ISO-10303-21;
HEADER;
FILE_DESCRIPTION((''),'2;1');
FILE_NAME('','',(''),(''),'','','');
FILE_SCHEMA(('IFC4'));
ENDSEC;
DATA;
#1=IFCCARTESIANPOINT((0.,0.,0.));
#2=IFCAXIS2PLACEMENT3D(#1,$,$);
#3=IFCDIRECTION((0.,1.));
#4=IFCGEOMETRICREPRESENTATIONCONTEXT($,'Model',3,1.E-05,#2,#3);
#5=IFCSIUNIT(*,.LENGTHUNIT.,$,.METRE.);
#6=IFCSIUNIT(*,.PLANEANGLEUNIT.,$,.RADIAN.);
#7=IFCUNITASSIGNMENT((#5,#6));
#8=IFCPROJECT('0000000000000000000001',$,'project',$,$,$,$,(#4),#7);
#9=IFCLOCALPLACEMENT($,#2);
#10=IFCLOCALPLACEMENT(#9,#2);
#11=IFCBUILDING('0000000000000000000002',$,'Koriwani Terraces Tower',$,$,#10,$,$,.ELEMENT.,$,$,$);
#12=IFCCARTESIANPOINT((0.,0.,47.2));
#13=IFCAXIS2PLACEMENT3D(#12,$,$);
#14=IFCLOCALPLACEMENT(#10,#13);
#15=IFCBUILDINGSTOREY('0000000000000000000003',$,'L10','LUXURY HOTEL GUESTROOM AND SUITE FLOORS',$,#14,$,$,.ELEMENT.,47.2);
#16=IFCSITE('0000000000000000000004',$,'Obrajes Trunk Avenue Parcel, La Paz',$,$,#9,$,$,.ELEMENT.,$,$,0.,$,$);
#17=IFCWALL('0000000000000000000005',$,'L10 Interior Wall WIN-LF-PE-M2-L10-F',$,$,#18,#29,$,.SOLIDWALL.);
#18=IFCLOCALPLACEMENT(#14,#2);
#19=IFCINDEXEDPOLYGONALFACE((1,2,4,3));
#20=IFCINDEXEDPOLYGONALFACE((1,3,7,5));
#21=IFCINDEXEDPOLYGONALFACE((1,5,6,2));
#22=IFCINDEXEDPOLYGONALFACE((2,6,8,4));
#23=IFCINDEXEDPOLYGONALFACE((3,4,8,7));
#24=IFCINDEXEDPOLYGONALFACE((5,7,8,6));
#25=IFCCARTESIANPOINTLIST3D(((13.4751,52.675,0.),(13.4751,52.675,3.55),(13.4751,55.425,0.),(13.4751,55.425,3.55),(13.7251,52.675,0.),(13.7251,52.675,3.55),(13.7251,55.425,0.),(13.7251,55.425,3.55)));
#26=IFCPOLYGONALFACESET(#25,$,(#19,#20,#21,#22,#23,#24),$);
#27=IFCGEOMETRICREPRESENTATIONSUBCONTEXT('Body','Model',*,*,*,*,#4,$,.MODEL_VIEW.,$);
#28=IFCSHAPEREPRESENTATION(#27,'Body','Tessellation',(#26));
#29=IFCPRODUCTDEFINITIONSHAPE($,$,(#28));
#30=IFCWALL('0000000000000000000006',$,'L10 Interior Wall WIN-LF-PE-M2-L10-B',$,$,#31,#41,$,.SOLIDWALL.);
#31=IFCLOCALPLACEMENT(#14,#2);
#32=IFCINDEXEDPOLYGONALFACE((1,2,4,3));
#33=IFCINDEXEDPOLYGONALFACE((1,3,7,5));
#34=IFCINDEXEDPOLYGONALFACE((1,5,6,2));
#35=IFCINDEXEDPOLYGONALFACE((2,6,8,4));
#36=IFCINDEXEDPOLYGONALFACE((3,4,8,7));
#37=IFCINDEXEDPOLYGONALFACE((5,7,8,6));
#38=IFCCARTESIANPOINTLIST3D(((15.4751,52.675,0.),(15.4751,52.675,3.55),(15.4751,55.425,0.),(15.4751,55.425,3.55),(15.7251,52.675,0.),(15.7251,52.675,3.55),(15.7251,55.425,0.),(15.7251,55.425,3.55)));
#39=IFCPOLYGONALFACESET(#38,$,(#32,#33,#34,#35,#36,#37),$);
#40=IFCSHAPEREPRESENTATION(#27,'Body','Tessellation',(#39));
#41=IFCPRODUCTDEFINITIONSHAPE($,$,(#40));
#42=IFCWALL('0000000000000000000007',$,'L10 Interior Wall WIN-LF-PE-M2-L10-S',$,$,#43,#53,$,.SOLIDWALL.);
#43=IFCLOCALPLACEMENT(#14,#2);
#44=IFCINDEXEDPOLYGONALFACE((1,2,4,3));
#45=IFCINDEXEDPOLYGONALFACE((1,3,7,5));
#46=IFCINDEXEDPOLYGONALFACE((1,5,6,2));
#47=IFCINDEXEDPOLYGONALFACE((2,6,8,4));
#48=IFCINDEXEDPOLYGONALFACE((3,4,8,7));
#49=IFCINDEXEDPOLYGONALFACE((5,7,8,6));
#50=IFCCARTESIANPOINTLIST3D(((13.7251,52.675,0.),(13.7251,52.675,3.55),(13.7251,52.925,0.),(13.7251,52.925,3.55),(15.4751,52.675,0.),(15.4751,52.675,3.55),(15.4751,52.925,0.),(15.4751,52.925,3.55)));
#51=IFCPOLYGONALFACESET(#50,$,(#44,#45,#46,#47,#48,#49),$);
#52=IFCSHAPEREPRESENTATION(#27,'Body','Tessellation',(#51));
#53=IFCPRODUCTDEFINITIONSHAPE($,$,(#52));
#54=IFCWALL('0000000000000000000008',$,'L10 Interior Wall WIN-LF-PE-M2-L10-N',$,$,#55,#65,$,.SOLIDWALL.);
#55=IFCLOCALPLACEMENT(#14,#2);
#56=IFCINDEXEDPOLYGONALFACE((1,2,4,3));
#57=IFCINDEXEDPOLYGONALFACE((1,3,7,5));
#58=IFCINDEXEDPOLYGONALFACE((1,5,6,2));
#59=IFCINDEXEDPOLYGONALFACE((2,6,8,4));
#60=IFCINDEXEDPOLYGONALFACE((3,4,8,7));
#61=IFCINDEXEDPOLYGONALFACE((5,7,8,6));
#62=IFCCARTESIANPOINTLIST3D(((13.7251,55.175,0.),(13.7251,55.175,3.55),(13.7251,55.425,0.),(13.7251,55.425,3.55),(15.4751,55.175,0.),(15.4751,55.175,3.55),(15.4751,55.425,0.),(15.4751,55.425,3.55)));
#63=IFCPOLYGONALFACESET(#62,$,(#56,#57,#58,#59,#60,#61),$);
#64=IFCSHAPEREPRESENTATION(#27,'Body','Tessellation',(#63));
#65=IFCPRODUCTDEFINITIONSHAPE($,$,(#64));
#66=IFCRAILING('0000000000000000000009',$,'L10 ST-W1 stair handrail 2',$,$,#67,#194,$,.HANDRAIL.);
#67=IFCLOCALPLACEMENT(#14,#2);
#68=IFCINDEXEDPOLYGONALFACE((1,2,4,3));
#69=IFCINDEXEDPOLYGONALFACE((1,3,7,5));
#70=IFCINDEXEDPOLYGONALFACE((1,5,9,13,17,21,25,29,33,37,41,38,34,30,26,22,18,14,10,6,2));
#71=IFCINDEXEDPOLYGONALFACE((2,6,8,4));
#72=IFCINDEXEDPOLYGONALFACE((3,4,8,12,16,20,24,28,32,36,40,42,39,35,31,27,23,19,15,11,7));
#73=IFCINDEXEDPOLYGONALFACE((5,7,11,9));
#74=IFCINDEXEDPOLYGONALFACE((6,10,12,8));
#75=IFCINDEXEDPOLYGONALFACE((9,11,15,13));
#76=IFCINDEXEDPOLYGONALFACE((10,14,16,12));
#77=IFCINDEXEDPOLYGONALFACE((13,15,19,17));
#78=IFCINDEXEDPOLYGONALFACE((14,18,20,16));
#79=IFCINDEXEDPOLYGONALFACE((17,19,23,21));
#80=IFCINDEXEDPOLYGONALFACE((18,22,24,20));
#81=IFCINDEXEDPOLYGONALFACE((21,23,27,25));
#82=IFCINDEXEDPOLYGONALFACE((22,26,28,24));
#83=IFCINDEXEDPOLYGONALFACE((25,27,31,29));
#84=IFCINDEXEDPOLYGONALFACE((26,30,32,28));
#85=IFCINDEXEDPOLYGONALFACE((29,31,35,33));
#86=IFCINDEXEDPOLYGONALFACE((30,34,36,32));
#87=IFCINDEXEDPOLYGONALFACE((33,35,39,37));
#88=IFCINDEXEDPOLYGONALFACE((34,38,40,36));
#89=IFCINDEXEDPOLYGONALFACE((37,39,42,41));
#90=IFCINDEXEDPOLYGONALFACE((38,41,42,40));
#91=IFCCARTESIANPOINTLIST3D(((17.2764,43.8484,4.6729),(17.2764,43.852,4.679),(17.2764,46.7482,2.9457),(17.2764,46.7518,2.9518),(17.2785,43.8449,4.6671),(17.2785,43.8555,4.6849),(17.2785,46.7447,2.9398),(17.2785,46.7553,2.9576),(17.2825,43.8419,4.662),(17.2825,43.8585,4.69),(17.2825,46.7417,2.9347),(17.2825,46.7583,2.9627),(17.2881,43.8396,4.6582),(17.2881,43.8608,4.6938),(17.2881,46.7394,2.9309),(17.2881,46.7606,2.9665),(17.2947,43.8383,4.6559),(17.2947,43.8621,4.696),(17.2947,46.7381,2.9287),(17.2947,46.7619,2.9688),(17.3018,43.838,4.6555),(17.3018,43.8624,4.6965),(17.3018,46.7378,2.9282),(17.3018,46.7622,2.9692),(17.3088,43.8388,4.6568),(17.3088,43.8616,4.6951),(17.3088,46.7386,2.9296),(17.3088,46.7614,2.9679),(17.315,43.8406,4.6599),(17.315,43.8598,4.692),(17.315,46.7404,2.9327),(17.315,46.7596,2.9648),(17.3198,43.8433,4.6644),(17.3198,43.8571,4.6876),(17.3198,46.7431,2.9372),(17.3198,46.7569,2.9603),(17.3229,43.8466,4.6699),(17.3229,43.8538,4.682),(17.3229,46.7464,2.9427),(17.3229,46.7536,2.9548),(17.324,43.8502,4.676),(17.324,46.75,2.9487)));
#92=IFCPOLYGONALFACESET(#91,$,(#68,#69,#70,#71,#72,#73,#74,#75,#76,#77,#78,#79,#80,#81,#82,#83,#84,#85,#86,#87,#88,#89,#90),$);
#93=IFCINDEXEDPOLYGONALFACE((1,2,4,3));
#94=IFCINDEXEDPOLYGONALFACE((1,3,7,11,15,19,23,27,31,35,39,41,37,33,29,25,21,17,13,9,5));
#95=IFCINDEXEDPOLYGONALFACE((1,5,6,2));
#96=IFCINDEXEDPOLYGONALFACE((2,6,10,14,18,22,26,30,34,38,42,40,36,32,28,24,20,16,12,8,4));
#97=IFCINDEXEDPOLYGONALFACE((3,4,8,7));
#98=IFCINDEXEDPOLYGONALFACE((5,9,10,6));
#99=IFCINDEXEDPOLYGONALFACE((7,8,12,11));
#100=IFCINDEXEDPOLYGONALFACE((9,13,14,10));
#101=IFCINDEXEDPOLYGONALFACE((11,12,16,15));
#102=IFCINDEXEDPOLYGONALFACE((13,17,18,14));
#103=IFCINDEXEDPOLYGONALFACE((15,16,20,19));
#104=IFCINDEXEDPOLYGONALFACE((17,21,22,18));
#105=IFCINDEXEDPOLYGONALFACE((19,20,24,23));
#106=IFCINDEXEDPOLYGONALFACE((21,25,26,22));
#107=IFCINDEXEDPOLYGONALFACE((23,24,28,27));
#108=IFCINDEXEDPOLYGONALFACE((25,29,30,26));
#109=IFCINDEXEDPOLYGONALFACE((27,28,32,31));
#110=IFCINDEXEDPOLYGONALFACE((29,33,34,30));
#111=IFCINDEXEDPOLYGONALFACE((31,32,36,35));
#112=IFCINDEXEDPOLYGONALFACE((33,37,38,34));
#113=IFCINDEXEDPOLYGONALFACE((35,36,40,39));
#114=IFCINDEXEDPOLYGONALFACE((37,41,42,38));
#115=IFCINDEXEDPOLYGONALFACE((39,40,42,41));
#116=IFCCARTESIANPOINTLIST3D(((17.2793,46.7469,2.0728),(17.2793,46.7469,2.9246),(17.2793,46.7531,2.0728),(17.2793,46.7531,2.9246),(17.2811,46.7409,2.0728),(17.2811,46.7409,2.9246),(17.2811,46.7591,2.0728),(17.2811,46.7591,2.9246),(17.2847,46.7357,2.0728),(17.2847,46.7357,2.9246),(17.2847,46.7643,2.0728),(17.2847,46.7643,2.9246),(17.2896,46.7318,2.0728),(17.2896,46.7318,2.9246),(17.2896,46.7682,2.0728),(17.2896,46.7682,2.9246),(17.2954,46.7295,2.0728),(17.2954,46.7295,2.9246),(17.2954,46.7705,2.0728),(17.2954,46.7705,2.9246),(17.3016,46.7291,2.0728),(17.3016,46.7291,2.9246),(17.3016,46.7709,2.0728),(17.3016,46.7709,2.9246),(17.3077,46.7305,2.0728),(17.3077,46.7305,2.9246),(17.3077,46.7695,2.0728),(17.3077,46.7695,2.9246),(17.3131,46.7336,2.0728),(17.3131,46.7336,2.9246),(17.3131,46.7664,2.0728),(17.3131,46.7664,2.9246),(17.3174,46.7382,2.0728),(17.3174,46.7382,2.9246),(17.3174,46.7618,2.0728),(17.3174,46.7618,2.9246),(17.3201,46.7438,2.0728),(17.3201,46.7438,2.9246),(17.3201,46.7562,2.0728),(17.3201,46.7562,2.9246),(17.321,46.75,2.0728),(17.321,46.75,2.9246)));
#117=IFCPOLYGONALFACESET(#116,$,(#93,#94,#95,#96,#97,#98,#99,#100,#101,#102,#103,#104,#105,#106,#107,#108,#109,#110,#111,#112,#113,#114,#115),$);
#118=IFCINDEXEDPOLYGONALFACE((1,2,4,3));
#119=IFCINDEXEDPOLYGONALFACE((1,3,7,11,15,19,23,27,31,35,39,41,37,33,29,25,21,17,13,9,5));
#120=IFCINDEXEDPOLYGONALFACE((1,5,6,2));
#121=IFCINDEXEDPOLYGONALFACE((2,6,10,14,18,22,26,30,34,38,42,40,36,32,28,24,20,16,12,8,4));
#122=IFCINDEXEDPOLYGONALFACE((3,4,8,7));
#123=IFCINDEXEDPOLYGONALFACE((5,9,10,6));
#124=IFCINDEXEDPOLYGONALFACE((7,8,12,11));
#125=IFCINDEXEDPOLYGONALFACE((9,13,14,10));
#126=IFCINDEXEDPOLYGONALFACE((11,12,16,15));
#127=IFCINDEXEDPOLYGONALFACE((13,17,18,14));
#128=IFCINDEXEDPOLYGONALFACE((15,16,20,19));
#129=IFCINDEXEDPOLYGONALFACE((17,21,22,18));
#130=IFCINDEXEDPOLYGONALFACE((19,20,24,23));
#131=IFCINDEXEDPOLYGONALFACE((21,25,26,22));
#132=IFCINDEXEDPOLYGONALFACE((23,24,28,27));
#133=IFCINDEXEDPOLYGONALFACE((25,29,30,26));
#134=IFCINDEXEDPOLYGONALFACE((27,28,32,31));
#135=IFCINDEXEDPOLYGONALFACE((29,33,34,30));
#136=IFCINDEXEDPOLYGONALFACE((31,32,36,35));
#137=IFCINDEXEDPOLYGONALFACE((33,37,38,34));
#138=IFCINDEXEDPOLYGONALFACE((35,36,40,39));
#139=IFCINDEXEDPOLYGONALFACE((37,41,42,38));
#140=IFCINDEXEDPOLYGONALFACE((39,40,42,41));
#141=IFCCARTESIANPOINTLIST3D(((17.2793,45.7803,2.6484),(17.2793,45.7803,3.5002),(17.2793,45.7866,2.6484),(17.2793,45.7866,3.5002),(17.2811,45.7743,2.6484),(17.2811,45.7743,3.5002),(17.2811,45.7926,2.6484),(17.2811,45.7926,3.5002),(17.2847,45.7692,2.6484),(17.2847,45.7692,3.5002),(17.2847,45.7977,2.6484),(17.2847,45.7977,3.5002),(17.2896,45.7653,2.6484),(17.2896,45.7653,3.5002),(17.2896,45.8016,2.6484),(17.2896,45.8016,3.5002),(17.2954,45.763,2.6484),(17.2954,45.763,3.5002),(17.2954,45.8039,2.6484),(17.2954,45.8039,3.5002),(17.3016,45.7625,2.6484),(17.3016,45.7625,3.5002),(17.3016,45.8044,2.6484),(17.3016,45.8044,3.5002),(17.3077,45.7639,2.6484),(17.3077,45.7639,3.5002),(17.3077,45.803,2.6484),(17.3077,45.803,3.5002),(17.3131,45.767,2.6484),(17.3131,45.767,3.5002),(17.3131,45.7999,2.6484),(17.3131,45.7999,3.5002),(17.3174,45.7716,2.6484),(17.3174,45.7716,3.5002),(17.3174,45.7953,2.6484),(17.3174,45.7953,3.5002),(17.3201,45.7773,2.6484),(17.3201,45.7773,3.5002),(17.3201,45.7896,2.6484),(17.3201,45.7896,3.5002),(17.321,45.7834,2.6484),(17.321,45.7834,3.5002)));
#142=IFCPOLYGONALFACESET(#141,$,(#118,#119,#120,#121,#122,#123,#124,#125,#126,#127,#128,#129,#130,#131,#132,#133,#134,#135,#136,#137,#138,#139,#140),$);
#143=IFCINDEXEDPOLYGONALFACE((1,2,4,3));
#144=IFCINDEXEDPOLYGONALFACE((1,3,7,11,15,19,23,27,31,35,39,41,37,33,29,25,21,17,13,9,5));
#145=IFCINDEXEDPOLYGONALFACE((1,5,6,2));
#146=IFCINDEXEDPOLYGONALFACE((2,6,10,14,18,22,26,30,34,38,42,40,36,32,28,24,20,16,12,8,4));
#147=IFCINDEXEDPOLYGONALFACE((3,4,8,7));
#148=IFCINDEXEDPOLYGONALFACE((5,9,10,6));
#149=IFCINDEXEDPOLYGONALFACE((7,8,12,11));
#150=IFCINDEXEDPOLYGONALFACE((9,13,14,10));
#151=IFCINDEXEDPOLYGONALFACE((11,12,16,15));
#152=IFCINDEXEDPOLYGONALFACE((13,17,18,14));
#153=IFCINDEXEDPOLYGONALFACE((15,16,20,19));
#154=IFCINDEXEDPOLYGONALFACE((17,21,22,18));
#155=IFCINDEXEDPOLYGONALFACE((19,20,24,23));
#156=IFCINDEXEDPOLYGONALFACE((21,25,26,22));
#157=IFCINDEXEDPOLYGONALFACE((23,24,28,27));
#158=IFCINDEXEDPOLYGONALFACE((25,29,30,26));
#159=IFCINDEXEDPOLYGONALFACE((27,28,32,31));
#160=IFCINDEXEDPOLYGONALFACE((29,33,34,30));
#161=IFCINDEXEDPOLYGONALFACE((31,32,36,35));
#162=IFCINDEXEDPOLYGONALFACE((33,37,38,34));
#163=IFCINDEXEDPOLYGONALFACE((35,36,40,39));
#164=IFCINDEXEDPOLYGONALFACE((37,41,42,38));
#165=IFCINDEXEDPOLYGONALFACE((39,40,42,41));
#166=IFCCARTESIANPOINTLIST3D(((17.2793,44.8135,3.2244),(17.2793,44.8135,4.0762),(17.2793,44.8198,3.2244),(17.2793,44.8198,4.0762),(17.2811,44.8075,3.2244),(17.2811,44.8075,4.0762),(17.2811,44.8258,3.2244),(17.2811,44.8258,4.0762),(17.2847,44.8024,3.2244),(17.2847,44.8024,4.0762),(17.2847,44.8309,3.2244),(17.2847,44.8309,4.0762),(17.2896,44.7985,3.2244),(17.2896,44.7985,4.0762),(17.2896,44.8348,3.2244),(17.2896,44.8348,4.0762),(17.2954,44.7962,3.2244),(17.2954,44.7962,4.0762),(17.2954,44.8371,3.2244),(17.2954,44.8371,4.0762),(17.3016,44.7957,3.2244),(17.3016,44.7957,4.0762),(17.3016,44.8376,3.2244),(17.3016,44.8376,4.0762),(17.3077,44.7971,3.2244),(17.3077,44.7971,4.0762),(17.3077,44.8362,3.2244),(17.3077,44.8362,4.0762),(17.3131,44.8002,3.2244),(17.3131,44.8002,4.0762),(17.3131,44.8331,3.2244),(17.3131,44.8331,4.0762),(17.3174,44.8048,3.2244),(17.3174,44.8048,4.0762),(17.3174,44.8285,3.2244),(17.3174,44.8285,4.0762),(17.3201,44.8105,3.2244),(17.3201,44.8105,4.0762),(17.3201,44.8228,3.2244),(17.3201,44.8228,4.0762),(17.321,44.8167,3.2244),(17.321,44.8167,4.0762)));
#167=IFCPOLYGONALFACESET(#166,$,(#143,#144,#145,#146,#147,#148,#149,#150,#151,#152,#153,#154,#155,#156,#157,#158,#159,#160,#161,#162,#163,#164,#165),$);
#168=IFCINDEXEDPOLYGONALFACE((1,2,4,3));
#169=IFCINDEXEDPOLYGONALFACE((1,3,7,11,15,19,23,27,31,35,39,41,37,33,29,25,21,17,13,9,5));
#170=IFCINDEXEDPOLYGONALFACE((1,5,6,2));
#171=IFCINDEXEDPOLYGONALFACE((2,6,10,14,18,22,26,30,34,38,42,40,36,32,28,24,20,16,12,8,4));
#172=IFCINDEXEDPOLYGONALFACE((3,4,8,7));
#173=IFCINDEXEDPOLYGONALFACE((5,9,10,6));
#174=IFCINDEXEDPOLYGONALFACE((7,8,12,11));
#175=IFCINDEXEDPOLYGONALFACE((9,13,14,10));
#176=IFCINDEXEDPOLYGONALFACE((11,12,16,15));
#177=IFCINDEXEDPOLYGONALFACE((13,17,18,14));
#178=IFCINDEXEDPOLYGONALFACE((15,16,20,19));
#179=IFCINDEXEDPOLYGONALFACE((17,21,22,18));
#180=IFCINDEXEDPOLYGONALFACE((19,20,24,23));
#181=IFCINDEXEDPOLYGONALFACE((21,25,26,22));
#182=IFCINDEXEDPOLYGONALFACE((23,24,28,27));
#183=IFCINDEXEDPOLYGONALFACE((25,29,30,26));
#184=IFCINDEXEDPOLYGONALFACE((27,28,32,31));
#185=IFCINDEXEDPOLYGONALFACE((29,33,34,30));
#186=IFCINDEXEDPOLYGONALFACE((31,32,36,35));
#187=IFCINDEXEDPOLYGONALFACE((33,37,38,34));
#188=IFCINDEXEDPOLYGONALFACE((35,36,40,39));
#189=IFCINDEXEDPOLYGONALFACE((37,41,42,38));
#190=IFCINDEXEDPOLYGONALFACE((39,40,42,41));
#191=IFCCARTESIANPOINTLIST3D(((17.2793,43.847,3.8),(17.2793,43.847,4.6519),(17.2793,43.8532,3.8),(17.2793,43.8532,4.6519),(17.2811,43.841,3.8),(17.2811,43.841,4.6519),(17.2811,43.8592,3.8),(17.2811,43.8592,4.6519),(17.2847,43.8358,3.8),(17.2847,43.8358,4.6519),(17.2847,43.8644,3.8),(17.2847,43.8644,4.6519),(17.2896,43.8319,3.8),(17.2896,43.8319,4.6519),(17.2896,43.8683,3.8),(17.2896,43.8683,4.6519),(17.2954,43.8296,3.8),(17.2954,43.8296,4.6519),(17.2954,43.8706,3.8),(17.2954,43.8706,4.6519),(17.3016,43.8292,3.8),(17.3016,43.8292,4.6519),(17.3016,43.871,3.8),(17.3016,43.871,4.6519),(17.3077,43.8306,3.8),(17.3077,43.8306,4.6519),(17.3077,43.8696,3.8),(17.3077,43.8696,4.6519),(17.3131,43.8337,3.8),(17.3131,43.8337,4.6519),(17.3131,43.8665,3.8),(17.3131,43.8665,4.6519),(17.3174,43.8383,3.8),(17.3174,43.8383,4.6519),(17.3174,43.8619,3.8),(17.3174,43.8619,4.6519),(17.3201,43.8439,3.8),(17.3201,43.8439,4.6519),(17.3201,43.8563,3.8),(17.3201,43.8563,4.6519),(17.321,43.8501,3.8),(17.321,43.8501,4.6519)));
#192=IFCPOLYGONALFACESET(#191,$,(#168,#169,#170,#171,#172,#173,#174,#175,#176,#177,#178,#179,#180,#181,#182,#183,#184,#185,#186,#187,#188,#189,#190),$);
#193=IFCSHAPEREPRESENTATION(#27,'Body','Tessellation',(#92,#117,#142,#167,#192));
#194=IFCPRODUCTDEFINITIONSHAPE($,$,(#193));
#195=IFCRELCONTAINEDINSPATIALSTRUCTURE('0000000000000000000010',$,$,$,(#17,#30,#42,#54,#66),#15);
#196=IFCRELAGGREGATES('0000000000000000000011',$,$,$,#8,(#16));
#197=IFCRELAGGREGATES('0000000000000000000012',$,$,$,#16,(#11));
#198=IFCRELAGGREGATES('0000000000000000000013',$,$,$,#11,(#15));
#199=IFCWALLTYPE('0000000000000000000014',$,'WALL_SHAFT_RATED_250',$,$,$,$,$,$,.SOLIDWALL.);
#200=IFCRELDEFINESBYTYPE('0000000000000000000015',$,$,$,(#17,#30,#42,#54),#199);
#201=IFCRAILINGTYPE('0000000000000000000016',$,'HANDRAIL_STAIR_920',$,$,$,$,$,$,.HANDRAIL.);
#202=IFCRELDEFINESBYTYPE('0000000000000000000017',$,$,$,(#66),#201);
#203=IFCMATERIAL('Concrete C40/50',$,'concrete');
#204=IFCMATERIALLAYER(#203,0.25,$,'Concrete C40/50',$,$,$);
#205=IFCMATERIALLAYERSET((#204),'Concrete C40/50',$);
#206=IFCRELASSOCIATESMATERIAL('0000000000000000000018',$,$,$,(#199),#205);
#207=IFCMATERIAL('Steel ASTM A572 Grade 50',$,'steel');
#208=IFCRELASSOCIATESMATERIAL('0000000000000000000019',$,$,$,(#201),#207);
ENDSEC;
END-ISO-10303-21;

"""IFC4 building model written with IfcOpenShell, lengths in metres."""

from ifc_helpers import new_model, si_unit, direction, frame, frame_2d, origin, origin_2d, place, context, subcontext, project, spatial, rectangle, circle, extrude, material, layer, layer_set, type_object, element, save


model = new_model("IFC4")

# Units and contexts
model_context = context("Model", 3, precision=1e-05, world=origin(), true_north=direction((0.0, 1.0)))
body_context = subcontext(model_context, "Body", "Model", "MODEL_VIEW")
ifc_project = project(units=[si_unit("LENGTHUNIT", "METRE"), si_unit("PLANEANGLEUNIT", "RADIAN")], contexts=[model_context])

# Site, building, storey
site_placement = place(None, origin())
site = spatial("IfcSite", under=ifc_project, at=site_placement, Name="Obrajes Trunk Avenue Parcel, La Paz", CompositionType="ELEMENT", RefElevation=0.0)
building_placement = place(site_placement, origin())
building = spatial("IfcBuilding", under=site, at=building_placement, Name="Koriwani Terraces Tower", CompositionType="ELEMENT")
storey_placement = place(building_placement, frame((0.0, 0.0, 47.2)))
storey = spatial("IfcBuildingStorey", under=building, at=storey_placement, Name="L10", Description="LUXURY HOTEL GUESTROOM AND SUITE FLOORS", CompositionType="ELEMENT", Elevation=47.2)

# Shared definitions
ifc_material_1 = material(Name="Concrete C40/50", Category="concrete")
ifc_material_2 = material(Name="Steel ASTM A572 Grade 50", Category="steel")

# Shared definitions
ifc_layer_1 = layer(ifc_material_1, 0.25, Name="Concrete C40/50")
ifc_layer_set_1 = layer_set([ifc_layer_1], Name="Concrete C40/50")
wall_type_1 = type_object("IfcWallType", Name="WALL_SHAFT_RATED_250", PredefinedType="SOLIDWALL", material=ifc_layer_set_1)

# Walls
for number, where, z_axis, x_axis, name in (
    (1, (13.6001, 52.675, 0.0), (0.0, 0.0, 1.0), (0.0, 1.0, 0.0), "L10 Interior Wall WIN-LF-PE-M2-L10-F"),
    (2, (15.6001, 52.675, 0.0), (0.0, 0.0, 1.0), (0.0, 1.0, 0.0), "L10 Interior Wall WIN-LF-PE-M2-L10-B"),
):
    element("IfcWall", number, at=place(storey_placement, frame(where, z_axis=z_axis, x_axis=x_axis)), inside=storey, type_object=wall_type_1, Name=name, PredefinedType="SOLIDWALL", context=body_context, shape_type="SweptSolid", body=[
        extrude(rectangle(XDim=2.75, YDim=0.25, at=frame_2d((1.375, 0.0))), origin(), (0.0, 0.0, 1.0), 3.55),
    ])
for number, where, z_axis, x_axis, name in (
    (3, (13.7251, 52.8, 0.0), (0.0, 0.0, 1.0), (1.0, 0.0, 0.0), "L10 Interior Wall WIN-LF-PE-M2-L10-S"),
    (4, (13.7251, 55.3, 0.0), (0.0, 0.0, 1.0), (1.0, 0.0, 0.0), "L10 Interior Wall WIN-LF-PE-M2-L10-N"),
):
    element("IfcWall", number, at=place(storey_placement, frame(where, z_axis=z_axis, x_axis=x_axis)), inside=storey, type_object=wall_type_1, Name=name, PredefinedType="SOLIDWALL", context=body_context, shape_type="SweptSolid", body=[
        extrude(rectangle(XDim=1.75, YDim=0.25, at=frame_2d((0.875, 0.0))), origin(), (0.0, 0.0, 1.0), 3.55),
    ])

# Railing
railing_type = type_object("IfcRailingType", Name="HANDRAIL_STAIR_920", PredefinedType="HANDRAIL", material=ifc_material_2)
for number, where, name in (
    (5, (17.3, 46.75, 2.0728), "L10 ST-W1 stair handrail 2"),
):
    element("IfcRailing", number, at=place(storey_placement, frame(where)), inside=storey, type_object=railing_type, Name=name, PredefinedType="HANDRAIL", context=body_context, shape_type="SweptSolid", body=[
        extrude(circle(Radius=0.0239, at=origin_2d()), frame((0.0, 0.0, 0.876), z_axis=(0.0, -0.859141, 0.511738), x_axis=(1.0, 0.0, 0.0)), (0.0, 0.0, 1.0), 3.3752),
        extrude(circle(Radius=0.021, at=origin_2d()), origin(), (0.0, 0.0, 1.0), 0.8518),
        extrude(circle(Radius=0.021, at=origin_2d()), frame((0.0, -0.9666, 0.5757)), (0.0, 0.0, 1.0), 0.8518),
        extrude(circle(Radius=0.021, at=origin_2d()), frame((0.0, -1.9333, 1.1516)), (0.0, 0.0, 1.0), 0.8518),
        extrude(circle(Radius=0.021, at=origin_2d()), frame((0.0, -2.8999, 1.7273)), (0.0, 0.0, 1.0), 0.8518),
    ])

save(model, "model.ifc")
